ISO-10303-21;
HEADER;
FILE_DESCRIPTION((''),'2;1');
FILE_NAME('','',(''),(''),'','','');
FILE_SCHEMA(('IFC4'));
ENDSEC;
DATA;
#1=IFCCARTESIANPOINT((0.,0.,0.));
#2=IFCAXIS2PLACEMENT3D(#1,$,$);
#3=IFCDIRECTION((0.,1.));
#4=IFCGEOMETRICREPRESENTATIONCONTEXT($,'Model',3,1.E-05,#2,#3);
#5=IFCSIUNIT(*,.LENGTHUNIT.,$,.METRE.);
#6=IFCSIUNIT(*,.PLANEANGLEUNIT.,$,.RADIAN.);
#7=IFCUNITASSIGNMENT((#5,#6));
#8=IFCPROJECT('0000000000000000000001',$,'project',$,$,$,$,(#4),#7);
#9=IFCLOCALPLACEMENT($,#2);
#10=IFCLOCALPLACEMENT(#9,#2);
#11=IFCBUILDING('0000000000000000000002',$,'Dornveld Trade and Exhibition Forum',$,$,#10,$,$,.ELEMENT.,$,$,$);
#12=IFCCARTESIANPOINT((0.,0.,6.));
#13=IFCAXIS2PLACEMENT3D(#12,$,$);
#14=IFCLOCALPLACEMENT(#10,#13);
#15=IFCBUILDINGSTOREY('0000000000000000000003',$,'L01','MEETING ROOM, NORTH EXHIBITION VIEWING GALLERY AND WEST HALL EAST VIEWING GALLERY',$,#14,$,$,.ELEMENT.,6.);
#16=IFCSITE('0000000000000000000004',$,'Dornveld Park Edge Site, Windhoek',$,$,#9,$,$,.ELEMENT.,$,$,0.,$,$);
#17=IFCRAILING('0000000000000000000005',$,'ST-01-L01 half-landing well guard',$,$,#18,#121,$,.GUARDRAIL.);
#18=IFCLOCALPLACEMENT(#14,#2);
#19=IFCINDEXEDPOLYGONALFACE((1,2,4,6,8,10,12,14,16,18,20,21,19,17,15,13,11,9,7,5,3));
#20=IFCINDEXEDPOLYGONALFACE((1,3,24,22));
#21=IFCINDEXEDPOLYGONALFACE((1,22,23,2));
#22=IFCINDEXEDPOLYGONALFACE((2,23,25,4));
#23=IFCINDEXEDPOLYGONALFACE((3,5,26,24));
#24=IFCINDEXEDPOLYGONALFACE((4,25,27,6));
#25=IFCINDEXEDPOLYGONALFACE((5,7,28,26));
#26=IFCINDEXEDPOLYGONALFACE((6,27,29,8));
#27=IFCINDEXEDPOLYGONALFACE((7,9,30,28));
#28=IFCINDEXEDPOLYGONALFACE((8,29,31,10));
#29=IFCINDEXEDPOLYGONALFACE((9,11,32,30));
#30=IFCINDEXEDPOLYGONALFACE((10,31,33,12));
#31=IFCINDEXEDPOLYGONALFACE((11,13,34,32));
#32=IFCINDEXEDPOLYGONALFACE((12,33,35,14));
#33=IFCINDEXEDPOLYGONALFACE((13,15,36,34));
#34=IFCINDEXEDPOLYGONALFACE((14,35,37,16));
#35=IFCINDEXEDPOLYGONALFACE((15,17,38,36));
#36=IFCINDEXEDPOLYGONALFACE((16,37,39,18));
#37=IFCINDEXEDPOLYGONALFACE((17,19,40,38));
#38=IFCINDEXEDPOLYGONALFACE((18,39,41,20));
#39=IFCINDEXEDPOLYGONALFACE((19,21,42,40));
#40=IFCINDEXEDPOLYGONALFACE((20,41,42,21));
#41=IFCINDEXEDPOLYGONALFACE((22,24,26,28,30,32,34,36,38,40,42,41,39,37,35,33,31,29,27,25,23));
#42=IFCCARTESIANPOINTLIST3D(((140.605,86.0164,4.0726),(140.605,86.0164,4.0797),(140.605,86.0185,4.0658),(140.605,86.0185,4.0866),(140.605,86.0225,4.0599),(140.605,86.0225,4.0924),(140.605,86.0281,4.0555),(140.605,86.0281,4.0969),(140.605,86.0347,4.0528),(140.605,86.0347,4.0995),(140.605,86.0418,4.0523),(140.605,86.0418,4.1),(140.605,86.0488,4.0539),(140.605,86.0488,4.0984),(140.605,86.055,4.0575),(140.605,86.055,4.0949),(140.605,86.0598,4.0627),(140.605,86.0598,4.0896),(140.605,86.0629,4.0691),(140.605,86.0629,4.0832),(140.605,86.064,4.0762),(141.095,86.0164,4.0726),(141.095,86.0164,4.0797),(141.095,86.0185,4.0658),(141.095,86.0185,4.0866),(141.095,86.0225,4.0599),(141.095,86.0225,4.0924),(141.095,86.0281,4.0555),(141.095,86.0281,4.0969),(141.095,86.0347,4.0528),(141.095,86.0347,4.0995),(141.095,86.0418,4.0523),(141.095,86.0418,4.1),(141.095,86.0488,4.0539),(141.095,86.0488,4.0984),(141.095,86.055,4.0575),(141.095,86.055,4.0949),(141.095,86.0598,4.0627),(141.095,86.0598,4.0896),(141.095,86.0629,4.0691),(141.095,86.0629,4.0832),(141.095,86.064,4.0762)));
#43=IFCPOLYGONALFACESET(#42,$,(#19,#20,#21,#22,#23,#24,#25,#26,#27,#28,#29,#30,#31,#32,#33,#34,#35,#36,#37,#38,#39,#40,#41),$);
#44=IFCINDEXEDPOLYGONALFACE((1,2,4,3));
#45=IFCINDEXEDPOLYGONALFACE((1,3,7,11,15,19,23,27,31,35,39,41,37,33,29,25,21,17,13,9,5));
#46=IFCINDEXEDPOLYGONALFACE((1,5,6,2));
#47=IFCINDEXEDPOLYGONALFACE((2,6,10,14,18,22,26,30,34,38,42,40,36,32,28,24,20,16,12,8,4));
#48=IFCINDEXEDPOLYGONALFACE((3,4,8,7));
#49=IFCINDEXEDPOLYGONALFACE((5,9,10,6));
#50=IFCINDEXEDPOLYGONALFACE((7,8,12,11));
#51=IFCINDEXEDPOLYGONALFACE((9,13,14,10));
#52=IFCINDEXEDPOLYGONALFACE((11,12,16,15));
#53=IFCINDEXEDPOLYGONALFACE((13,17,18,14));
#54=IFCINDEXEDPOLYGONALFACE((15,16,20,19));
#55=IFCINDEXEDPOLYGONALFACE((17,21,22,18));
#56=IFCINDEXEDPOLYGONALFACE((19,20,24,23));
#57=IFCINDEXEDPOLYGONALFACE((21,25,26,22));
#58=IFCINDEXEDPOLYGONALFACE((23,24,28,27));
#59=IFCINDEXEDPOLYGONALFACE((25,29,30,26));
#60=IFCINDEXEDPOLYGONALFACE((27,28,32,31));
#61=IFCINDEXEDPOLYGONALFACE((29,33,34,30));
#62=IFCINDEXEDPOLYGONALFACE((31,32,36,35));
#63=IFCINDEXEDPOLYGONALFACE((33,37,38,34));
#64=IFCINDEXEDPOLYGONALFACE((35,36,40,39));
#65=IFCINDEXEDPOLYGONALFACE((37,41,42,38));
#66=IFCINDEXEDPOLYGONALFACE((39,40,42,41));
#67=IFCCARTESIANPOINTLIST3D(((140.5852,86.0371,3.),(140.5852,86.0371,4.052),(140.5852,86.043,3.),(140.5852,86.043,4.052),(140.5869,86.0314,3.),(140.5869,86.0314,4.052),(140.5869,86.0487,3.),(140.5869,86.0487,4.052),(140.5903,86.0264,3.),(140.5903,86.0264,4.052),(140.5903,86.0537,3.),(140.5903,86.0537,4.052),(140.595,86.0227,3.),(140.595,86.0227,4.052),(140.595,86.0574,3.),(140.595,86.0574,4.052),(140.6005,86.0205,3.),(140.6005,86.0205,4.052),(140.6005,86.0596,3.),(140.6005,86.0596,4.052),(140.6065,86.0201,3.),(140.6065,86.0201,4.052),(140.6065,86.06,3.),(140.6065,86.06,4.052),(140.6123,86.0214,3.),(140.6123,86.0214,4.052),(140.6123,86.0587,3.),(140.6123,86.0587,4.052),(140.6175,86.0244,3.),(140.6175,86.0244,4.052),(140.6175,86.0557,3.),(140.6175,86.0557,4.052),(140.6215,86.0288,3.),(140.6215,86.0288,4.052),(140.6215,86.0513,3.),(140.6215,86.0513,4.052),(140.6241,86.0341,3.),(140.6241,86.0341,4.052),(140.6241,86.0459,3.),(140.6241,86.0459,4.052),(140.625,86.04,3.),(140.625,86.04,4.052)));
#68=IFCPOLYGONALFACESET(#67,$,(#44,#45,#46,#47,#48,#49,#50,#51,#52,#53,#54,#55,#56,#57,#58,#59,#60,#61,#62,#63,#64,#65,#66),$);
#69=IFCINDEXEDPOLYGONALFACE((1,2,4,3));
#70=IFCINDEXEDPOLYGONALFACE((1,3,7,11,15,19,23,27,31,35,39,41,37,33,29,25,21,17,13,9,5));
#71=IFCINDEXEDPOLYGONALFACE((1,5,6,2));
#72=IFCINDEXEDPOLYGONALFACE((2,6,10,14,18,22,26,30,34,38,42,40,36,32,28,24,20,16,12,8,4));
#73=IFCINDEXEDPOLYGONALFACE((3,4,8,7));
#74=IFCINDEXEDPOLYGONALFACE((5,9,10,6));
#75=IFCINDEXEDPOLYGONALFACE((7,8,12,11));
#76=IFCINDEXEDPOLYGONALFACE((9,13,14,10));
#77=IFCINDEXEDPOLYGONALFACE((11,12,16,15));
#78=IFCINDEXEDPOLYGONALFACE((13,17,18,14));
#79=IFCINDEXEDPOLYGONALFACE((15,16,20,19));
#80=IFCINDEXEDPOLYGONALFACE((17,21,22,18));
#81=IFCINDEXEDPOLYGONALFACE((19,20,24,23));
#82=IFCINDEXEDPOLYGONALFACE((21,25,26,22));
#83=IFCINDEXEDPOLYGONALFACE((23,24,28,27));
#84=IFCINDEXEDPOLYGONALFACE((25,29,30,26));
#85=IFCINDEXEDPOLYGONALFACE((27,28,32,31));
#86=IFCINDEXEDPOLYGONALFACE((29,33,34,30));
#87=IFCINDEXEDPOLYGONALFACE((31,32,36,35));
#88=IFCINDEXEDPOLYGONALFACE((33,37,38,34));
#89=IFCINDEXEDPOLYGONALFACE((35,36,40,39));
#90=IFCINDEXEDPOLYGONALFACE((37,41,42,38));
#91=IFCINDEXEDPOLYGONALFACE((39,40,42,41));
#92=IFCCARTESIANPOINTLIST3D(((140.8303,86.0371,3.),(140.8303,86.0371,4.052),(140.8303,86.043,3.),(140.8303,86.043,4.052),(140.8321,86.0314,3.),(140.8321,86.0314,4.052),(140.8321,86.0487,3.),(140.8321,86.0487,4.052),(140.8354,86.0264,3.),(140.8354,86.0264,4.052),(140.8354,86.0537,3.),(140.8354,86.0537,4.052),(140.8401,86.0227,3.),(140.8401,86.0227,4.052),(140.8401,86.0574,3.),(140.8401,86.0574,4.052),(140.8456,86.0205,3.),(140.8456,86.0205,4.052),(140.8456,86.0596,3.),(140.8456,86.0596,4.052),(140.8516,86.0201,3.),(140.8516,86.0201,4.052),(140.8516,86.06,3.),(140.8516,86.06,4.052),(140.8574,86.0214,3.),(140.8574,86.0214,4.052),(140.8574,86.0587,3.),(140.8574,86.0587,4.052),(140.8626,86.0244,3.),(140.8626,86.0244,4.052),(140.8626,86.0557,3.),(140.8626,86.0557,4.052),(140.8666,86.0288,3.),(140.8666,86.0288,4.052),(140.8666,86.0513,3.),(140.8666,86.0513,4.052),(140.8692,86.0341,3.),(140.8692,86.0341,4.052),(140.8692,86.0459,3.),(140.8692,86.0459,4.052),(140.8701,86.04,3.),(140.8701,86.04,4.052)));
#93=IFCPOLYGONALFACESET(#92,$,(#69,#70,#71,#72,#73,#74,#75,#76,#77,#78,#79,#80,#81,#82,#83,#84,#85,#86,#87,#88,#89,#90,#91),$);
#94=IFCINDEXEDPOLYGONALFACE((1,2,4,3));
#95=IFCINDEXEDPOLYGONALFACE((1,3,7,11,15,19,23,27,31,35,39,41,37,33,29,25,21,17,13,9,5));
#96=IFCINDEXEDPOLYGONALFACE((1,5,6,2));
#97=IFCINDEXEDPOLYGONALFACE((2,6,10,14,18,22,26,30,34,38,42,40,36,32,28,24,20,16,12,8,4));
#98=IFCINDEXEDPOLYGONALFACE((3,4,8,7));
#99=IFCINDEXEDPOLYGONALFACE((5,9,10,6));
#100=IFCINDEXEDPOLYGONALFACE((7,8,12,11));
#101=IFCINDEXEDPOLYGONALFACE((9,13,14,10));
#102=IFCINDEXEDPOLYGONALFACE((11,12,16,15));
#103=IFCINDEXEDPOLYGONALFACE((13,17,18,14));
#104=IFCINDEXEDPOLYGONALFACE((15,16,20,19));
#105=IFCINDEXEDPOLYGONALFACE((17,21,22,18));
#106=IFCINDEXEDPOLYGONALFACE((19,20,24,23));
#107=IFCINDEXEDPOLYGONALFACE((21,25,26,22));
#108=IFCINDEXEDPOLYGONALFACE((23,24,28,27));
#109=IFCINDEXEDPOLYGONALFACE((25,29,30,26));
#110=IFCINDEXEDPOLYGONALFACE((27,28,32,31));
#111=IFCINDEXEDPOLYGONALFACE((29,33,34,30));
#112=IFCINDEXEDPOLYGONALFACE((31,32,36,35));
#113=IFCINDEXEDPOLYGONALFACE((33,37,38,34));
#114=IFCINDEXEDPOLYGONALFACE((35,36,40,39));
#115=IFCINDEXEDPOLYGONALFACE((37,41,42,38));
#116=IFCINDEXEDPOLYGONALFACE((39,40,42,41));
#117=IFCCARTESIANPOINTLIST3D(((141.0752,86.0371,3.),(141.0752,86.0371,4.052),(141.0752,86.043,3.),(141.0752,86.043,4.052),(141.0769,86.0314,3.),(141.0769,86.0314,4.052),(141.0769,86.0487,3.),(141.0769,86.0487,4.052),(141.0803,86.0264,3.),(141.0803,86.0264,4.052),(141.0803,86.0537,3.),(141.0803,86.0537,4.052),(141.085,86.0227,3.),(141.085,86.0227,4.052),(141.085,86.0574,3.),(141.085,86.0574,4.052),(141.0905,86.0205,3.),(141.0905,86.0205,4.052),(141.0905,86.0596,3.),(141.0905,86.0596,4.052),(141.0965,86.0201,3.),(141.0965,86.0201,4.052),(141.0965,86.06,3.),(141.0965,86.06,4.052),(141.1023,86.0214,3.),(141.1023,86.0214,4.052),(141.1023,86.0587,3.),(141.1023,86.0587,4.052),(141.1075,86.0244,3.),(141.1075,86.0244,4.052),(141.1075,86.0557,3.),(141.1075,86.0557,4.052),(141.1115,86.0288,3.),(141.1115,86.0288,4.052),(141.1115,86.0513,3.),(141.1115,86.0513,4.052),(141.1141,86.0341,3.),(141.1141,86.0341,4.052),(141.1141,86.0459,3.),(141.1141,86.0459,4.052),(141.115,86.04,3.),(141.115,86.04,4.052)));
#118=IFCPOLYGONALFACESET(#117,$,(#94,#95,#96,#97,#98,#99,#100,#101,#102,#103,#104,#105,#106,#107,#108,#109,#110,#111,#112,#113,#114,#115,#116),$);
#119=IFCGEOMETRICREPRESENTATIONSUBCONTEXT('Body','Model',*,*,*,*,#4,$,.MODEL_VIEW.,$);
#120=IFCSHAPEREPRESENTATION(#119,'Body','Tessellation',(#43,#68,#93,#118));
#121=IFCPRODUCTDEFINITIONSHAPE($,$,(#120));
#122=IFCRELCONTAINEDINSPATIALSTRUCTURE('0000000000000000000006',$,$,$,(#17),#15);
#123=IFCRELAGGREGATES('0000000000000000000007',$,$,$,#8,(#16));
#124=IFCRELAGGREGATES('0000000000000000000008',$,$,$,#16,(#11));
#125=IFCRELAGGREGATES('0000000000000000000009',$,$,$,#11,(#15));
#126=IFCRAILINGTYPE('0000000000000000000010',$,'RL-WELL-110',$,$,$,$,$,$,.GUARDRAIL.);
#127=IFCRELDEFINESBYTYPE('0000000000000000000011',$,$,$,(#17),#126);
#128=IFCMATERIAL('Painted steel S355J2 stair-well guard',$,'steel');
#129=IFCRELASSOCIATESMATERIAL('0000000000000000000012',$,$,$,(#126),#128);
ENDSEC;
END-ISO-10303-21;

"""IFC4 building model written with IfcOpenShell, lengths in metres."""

from ifc_helpers import new_model, si_unit, direction, frame, origin, origin_2d, place, context, subcontext, project, spatial, circle, extrude, material, type_object, element, save


model = new_model("IFC4")

# Units and contexts
model_context = context("Model", 3, precision=1e-05, world=origin(), true_north=direction((0.0, 1.0)))
body_context = subcontext(model_context, "Body", "Model", "MODEL_VIEW")
ifc_project = project(units=[si_unit("LENGTHUNIT", "METRE"), si_unit("PLANEANGLEUNIT", "RADIAN")], contexts=[model_context])

# Site, building, storey
site_placement = place(None, origin())
site = spatial("IfcSite", under=ifc_project, at=site_placement, Name="Dornveld Park Edge Site, Windhoek", CompositionType="ELEMENT", RefElevation=0.0)
building_placement = place(site_placement, origin())
building = spatial("IfcBuilding", under=site, at=building_placement, Name="Dornveld Trade and Exhibition Forum", CompositionType="ELEMENT")
storey_placement = place(building_placement, frame((0.0, 0.0, 6.0)))
storey = spatial("IfcBuildingStorey", under=building, at=storey_placement, Name="L01", Description="MEETING ROOM, NORTH EXHIBITION VIEWING GALLERY AND WEST HALL EAST VIEWING GALLERY", CompositionType="ELEMENT", Elevation=6.0)

# Railing
ifc_material_1 = material(Name="Painted steel S355J2 stair-well guard", Category="steel")
railing_type_1 = type_object("IfcRailingType", Name="RL-WELL-110", PredefinedType="GUARDRAIL", material=ifc_material_1)
railing_1_placement = place(storey_placement, frame((140.605, 86.04, 3.0)))
element("IfcRailing", 1, at=railing_1_placement, inside=storey, type_object=railing_type_1, Name="ST-01-L01 half-landing well guard", PredefinedType="GUARDRAIL", context=body_context, shape_type="SweptSolid", body=[
    extrude(circle(Radius=0.0239, at=origin_2d()), frame((0.0, 0.0, 1.0762), z_axis=(1.0, 0.0, 0.0), x_axis=(0.0, 1.0, 0.0)), (0.0, 0.0, 1.0), 0.49),
    extrude(circle(Radius=0.02, at=origin_2d()), origin(), (0.0, 0.0, 1.0), 1.052),
    extrude(circle(Radius=0.02, at=origin_2d()), frame((0.2451, 0.0, 0.0)), (0.0, 0.0, 1.0), 1.052),
    extrude(circle(Radius=0.02, at=origin_2d()), frame((0.49, 0.0, 0.0)), (0.0, 0.0, 1.0), 1.052),
])

save(model, "model.ifc")
